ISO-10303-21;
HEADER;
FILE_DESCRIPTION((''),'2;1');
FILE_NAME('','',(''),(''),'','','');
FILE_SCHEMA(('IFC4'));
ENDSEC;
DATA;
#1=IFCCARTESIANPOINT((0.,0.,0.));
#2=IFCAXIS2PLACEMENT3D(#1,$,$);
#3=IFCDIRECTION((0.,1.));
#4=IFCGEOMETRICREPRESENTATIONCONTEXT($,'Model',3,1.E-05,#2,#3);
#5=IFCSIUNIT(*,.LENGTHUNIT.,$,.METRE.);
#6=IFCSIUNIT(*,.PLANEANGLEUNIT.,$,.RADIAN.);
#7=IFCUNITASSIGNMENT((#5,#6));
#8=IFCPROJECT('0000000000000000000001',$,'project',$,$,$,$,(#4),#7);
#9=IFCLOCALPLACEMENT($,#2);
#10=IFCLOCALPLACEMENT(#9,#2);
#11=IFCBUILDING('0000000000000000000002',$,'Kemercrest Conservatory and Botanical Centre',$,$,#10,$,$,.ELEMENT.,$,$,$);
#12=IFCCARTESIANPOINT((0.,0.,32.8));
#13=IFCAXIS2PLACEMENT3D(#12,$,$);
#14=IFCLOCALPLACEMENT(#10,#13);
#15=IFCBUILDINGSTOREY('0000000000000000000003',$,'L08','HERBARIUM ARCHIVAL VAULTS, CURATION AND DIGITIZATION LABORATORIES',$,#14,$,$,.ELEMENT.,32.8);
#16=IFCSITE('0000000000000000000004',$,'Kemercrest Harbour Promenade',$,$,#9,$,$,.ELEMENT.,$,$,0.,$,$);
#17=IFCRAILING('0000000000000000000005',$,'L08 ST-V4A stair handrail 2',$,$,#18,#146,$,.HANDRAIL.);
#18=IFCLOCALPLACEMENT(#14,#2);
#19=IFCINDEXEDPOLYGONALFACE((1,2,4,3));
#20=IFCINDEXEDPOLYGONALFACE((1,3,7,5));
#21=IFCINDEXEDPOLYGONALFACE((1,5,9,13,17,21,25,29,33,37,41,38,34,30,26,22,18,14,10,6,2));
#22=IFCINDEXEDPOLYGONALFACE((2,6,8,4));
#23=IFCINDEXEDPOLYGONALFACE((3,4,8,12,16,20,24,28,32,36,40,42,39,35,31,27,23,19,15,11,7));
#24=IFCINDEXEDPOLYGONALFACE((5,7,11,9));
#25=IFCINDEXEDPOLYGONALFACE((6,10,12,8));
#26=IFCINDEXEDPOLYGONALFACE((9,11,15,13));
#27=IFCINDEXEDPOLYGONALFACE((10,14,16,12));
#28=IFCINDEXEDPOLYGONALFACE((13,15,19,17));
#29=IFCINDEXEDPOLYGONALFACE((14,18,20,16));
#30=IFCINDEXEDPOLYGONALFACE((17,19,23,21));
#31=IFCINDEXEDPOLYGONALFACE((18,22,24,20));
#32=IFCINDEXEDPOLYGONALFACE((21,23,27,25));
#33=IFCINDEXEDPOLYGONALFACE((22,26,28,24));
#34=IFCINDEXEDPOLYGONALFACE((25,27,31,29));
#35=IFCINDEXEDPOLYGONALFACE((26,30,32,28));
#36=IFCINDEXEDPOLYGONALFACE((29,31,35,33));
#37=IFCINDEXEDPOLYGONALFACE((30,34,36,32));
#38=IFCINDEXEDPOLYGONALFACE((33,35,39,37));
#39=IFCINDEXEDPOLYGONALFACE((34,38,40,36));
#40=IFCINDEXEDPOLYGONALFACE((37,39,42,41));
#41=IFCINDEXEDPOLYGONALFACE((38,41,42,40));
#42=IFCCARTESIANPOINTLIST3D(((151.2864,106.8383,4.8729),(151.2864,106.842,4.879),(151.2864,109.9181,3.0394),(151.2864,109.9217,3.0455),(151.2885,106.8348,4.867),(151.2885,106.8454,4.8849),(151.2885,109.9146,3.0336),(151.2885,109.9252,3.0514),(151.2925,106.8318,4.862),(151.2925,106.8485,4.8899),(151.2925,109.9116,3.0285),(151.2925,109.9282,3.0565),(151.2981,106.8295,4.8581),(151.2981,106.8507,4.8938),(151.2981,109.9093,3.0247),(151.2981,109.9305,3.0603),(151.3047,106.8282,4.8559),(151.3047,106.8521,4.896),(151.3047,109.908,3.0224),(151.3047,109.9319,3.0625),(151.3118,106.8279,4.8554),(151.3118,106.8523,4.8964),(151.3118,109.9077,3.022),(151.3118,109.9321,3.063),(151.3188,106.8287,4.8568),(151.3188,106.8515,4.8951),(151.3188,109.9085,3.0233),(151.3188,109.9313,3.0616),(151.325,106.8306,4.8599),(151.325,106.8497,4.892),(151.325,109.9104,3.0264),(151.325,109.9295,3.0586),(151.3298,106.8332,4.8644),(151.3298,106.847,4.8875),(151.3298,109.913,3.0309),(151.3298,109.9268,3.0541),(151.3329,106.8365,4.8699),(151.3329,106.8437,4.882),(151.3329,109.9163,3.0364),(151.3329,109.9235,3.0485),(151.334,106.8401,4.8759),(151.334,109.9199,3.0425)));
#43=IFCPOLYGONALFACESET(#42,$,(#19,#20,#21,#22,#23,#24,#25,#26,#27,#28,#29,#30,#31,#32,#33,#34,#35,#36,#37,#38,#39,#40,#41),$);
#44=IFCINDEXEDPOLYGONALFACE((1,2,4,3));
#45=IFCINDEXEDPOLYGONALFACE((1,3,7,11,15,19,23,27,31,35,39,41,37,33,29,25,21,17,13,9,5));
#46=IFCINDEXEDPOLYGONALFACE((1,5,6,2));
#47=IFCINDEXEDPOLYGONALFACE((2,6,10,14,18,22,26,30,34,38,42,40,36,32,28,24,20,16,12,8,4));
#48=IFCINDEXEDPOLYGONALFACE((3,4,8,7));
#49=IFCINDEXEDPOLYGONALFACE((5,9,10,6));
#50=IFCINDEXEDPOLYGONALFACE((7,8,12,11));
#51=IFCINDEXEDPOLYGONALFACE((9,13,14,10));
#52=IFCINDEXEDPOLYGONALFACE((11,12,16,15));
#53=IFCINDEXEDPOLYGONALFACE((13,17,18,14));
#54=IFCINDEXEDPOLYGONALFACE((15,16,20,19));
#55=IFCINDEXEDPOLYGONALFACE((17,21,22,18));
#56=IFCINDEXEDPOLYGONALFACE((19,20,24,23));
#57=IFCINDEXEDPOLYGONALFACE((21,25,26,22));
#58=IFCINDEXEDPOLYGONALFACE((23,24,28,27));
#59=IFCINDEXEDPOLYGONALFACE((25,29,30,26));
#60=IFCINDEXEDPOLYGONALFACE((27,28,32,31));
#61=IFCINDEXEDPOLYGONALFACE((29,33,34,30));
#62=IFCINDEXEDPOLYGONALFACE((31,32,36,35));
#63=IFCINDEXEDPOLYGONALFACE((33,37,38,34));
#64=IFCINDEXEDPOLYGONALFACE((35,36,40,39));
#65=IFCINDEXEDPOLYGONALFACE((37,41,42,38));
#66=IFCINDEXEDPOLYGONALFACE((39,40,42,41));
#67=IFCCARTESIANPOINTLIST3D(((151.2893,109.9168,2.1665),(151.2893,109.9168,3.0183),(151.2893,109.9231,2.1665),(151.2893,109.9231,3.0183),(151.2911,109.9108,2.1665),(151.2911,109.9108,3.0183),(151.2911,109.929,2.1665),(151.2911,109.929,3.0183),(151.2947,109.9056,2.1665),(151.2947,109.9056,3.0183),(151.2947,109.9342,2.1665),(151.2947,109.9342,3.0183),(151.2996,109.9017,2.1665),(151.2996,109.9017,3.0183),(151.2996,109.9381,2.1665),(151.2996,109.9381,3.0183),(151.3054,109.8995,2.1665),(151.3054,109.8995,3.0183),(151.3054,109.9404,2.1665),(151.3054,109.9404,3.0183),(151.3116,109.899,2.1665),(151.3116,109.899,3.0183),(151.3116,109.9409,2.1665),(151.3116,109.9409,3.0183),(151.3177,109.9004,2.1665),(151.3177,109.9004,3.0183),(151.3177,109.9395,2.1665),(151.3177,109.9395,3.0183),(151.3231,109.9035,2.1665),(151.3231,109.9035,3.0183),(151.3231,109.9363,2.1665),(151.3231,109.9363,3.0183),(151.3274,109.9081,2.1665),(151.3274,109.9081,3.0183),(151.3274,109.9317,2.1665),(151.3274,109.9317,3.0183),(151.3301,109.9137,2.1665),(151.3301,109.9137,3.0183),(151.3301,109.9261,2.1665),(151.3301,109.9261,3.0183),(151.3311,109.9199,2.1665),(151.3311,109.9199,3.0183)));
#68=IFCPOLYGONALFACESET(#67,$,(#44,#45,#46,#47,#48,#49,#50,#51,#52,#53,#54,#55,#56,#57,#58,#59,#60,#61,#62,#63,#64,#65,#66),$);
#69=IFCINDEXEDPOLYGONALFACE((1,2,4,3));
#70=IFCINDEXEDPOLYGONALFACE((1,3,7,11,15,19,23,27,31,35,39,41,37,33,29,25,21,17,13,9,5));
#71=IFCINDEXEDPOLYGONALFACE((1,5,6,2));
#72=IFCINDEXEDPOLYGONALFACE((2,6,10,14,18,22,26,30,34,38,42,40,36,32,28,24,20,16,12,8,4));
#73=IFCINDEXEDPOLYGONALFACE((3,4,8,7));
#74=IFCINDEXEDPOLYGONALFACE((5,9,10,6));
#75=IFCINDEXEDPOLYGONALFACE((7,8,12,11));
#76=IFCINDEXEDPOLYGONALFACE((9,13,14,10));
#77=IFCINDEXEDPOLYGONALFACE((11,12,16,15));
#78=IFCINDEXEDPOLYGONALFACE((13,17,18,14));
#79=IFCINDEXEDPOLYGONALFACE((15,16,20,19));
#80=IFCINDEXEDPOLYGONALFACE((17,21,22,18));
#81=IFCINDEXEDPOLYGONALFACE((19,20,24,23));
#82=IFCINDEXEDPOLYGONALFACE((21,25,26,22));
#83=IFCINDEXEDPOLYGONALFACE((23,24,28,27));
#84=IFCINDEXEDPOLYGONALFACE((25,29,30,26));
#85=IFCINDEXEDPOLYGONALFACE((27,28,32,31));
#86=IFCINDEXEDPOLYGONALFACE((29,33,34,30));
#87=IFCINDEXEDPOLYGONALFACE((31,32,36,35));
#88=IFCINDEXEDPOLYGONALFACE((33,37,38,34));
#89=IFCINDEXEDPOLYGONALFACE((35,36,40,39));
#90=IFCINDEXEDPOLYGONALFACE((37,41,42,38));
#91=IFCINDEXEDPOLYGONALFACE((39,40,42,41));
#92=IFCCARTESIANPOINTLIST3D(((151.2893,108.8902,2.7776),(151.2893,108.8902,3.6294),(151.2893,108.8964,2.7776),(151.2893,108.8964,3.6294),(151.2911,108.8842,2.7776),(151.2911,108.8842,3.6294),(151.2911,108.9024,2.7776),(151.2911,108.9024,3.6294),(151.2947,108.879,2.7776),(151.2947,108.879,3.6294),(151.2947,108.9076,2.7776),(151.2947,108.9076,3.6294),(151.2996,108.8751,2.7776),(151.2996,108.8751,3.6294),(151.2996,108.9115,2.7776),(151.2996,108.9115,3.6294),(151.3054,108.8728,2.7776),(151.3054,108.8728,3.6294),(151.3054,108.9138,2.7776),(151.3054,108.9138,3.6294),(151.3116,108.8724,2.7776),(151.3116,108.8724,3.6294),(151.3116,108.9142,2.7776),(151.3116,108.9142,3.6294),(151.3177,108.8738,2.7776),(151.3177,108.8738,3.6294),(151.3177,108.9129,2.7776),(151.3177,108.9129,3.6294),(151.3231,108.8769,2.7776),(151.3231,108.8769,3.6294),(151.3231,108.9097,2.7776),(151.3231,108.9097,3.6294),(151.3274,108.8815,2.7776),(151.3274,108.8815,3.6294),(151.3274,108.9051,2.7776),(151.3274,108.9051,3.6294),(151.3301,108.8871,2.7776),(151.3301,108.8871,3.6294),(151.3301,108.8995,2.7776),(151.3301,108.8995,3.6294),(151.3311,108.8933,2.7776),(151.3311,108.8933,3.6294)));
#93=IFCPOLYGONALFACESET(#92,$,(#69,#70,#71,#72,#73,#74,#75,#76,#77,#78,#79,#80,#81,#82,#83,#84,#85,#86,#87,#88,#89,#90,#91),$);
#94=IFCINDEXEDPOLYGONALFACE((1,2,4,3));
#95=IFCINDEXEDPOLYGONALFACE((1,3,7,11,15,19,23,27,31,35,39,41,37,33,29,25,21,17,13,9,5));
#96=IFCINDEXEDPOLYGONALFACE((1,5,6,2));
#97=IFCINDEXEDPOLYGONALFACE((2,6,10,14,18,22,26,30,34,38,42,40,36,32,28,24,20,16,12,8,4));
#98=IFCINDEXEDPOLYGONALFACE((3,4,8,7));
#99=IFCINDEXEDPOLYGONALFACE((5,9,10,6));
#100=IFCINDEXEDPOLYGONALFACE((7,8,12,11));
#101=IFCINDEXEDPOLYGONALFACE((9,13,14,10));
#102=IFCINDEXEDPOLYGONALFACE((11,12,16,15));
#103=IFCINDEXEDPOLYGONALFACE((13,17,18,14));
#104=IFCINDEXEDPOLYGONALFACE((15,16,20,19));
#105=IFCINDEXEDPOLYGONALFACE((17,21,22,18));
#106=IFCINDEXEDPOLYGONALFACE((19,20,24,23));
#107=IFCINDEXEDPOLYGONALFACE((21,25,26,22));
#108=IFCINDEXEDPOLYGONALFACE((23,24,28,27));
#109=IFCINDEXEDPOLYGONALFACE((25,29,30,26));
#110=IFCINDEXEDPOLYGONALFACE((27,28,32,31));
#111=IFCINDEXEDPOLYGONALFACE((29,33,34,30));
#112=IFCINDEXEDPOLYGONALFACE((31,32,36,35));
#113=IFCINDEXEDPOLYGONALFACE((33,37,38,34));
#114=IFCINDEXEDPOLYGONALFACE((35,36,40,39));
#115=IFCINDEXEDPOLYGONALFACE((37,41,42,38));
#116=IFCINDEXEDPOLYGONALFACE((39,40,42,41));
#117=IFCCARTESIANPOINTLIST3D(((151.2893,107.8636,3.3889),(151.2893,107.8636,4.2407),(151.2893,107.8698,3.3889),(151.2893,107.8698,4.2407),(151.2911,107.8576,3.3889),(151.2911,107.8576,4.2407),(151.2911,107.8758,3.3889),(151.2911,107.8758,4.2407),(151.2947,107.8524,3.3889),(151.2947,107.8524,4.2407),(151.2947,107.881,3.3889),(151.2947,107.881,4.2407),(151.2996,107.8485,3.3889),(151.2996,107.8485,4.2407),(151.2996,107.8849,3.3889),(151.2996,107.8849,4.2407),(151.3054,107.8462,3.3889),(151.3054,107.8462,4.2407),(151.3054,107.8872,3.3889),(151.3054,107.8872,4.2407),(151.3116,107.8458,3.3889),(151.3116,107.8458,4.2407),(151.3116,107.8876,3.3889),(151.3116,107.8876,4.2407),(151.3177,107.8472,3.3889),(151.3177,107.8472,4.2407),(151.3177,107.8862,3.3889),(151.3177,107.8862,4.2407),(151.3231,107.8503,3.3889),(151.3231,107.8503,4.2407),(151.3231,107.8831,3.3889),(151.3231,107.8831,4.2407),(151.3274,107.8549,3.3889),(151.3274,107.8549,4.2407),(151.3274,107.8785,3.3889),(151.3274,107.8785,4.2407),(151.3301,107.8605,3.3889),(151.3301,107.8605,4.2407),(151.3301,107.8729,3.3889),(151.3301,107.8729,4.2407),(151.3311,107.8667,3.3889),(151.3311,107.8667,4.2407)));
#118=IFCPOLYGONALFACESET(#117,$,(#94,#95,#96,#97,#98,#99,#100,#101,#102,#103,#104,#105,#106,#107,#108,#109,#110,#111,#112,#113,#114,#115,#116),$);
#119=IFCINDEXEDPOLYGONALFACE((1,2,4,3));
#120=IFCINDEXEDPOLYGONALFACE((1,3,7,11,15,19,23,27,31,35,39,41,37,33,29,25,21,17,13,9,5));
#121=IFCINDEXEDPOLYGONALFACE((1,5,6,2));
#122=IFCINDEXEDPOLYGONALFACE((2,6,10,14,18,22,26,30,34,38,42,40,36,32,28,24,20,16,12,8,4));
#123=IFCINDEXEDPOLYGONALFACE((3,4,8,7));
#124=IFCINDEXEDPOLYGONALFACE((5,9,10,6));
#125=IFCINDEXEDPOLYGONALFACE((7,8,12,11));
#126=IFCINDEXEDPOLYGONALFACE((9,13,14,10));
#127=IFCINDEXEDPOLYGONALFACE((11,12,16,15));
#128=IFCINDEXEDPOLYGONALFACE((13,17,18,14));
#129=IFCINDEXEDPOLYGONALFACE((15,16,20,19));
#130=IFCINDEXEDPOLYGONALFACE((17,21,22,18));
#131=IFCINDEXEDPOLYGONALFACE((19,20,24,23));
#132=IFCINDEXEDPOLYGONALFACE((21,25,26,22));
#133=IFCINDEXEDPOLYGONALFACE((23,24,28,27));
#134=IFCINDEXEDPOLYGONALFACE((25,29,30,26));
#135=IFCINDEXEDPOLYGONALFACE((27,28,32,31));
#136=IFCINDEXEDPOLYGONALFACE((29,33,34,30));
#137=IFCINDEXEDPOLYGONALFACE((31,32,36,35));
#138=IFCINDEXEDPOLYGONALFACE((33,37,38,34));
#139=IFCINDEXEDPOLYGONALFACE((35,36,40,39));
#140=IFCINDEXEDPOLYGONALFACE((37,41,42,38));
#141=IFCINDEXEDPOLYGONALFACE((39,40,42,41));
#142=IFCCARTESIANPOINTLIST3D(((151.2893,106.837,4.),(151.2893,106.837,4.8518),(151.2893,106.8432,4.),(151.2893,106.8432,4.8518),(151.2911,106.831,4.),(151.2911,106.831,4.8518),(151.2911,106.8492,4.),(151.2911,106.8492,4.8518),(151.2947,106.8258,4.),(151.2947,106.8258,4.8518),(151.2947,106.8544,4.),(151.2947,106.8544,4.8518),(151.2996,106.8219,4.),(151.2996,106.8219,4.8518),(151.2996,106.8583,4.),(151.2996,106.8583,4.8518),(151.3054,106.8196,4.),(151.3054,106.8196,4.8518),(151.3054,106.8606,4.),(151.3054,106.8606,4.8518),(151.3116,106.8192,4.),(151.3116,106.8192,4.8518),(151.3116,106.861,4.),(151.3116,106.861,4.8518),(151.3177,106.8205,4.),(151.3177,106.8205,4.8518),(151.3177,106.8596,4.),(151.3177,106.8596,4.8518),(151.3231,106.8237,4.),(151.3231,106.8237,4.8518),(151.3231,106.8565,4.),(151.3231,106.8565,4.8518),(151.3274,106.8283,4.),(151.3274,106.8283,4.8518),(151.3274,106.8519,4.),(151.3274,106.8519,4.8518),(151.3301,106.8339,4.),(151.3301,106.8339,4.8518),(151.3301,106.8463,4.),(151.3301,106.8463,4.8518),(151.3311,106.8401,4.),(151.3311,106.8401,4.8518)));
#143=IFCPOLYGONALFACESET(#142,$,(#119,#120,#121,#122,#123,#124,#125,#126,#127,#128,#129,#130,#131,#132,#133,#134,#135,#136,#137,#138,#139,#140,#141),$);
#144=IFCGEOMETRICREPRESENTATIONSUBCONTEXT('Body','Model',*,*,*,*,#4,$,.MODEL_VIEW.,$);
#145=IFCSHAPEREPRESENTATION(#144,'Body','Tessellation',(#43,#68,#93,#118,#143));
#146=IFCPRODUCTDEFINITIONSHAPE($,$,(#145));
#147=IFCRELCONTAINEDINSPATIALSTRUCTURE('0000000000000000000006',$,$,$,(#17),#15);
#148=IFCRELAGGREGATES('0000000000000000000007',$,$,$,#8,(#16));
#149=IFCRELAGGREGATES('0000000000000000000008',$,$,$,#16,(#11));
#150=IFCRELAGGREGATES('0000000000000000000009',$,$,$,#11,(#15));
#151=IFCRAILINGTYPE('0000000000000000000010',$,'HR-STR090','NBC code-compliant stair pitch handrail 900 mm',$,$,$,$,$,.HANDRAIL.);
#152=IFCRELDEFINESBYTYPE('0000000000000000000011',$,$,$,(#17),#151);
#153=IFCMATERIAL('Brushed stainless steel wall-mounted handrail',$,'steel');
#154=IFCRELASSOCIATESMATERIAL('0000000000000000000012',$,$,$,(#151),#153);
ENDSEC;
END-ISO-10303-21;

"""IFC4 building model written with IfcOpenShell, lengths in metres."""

from ifc_helpers import new_model, si_unit, direction, frame, origin, origin_2d, place, context, subcontext, project, spatial, circle, extrude, material, type_object, element, save


model = new_model("IFC4")

# Units and contexts
model_context = context("Model", 3, precision=1e-05, world=origin(), true_north=direction((0.0, 1.0)))
body_context = subcontext(model_context, "Body", "Model", "MODEL_VIEW")
ifc_project = project(units=[si_unit("LENGTHUNIT", "METRE"), si_unit("PLANEANGLEUNIT", "RADIAN")], contexts=[model_context])

# Site, building, storey
site_placement = place(None, origin())
site = spatial("IfcSite", under=ifc_project, at=site_placement, Name="Kemercrest Harbour Promenade", CompositionType="ELEMENT", RefElevation=0.0)
building_placement = place(site_placement, origin())
building = spatial("IfcBuilding", under=site, at=building_placement, Name="Kemercrest Conservatory and Botanical Centre", CompositionType="ELEMENT")
storey_placement = place(building_placement, frame((0.0, 0.0, 32.8)))
storey = spatial("IfcBuildingStorey", under=building, at=storey_placement, Name="L08", Description="HERBARIUM ARCHIVAL VAULTS, CURATION AND DIGITIZATION LABORATORIES", CompositionType="ELEMENT", Elevation=32.8)

# Railing
ifc_material_1 = material(Name="Brushed stainless steel wall-mounted handrail", Category="steel")
railing_type_1 = type_object("IfcRailingType", Name="HR-STR090", Description="NBC code-compliant stair pitch handrail 900 mm", PredefinedType="HANDRAIL", material=ifc_material_1)
for number, where, name in (
    (1, (151.3101, 109.9199, 2.1665), "L08 ST-V4A stair handrail 2"),
):
    element("IfcRailing", number, at=place(storey_placement, frame(where)), inside=storey, type_object=railing_type_1, Name=name, PredefinedType="HANDRAIL", context=body_context, shape_type="SweptSolid", body=[
        extrude(circle(Radius=0.0239, at=origin_2d()), frame((0.0, 0.0, 0.876), z_axis=(0.0, -0.859261, 0.511538), x_axis=(1.0, 0.0, 0.0)), (0.0, 0.0, 1.0), 3.5842),
        extrude(circle(Radius=0.021, at=origin_2d()), origin(), (0.0, 0.0, 1.0), 0.8518),
        extrude(circle(Radius=0.021, at=origin_2d()), frame((0.0, -1.0266, 0.6111)), (0.0, 0.0, 1.0), 0.8518),
        extrude(circle(Radius=0.021, at=origin_2d()), frame((0.0, -2.0532, 1.2224)), (0.0, 0.0, 1.0), 0.8518),
        extrude(circle(Radius=0.021, at=origin_2d()), frame((0.0, -3.0798, 1.8335)), (0.0, 0.0, 1.0), 0.8518),
    ])

save(model, "model.ifc")
